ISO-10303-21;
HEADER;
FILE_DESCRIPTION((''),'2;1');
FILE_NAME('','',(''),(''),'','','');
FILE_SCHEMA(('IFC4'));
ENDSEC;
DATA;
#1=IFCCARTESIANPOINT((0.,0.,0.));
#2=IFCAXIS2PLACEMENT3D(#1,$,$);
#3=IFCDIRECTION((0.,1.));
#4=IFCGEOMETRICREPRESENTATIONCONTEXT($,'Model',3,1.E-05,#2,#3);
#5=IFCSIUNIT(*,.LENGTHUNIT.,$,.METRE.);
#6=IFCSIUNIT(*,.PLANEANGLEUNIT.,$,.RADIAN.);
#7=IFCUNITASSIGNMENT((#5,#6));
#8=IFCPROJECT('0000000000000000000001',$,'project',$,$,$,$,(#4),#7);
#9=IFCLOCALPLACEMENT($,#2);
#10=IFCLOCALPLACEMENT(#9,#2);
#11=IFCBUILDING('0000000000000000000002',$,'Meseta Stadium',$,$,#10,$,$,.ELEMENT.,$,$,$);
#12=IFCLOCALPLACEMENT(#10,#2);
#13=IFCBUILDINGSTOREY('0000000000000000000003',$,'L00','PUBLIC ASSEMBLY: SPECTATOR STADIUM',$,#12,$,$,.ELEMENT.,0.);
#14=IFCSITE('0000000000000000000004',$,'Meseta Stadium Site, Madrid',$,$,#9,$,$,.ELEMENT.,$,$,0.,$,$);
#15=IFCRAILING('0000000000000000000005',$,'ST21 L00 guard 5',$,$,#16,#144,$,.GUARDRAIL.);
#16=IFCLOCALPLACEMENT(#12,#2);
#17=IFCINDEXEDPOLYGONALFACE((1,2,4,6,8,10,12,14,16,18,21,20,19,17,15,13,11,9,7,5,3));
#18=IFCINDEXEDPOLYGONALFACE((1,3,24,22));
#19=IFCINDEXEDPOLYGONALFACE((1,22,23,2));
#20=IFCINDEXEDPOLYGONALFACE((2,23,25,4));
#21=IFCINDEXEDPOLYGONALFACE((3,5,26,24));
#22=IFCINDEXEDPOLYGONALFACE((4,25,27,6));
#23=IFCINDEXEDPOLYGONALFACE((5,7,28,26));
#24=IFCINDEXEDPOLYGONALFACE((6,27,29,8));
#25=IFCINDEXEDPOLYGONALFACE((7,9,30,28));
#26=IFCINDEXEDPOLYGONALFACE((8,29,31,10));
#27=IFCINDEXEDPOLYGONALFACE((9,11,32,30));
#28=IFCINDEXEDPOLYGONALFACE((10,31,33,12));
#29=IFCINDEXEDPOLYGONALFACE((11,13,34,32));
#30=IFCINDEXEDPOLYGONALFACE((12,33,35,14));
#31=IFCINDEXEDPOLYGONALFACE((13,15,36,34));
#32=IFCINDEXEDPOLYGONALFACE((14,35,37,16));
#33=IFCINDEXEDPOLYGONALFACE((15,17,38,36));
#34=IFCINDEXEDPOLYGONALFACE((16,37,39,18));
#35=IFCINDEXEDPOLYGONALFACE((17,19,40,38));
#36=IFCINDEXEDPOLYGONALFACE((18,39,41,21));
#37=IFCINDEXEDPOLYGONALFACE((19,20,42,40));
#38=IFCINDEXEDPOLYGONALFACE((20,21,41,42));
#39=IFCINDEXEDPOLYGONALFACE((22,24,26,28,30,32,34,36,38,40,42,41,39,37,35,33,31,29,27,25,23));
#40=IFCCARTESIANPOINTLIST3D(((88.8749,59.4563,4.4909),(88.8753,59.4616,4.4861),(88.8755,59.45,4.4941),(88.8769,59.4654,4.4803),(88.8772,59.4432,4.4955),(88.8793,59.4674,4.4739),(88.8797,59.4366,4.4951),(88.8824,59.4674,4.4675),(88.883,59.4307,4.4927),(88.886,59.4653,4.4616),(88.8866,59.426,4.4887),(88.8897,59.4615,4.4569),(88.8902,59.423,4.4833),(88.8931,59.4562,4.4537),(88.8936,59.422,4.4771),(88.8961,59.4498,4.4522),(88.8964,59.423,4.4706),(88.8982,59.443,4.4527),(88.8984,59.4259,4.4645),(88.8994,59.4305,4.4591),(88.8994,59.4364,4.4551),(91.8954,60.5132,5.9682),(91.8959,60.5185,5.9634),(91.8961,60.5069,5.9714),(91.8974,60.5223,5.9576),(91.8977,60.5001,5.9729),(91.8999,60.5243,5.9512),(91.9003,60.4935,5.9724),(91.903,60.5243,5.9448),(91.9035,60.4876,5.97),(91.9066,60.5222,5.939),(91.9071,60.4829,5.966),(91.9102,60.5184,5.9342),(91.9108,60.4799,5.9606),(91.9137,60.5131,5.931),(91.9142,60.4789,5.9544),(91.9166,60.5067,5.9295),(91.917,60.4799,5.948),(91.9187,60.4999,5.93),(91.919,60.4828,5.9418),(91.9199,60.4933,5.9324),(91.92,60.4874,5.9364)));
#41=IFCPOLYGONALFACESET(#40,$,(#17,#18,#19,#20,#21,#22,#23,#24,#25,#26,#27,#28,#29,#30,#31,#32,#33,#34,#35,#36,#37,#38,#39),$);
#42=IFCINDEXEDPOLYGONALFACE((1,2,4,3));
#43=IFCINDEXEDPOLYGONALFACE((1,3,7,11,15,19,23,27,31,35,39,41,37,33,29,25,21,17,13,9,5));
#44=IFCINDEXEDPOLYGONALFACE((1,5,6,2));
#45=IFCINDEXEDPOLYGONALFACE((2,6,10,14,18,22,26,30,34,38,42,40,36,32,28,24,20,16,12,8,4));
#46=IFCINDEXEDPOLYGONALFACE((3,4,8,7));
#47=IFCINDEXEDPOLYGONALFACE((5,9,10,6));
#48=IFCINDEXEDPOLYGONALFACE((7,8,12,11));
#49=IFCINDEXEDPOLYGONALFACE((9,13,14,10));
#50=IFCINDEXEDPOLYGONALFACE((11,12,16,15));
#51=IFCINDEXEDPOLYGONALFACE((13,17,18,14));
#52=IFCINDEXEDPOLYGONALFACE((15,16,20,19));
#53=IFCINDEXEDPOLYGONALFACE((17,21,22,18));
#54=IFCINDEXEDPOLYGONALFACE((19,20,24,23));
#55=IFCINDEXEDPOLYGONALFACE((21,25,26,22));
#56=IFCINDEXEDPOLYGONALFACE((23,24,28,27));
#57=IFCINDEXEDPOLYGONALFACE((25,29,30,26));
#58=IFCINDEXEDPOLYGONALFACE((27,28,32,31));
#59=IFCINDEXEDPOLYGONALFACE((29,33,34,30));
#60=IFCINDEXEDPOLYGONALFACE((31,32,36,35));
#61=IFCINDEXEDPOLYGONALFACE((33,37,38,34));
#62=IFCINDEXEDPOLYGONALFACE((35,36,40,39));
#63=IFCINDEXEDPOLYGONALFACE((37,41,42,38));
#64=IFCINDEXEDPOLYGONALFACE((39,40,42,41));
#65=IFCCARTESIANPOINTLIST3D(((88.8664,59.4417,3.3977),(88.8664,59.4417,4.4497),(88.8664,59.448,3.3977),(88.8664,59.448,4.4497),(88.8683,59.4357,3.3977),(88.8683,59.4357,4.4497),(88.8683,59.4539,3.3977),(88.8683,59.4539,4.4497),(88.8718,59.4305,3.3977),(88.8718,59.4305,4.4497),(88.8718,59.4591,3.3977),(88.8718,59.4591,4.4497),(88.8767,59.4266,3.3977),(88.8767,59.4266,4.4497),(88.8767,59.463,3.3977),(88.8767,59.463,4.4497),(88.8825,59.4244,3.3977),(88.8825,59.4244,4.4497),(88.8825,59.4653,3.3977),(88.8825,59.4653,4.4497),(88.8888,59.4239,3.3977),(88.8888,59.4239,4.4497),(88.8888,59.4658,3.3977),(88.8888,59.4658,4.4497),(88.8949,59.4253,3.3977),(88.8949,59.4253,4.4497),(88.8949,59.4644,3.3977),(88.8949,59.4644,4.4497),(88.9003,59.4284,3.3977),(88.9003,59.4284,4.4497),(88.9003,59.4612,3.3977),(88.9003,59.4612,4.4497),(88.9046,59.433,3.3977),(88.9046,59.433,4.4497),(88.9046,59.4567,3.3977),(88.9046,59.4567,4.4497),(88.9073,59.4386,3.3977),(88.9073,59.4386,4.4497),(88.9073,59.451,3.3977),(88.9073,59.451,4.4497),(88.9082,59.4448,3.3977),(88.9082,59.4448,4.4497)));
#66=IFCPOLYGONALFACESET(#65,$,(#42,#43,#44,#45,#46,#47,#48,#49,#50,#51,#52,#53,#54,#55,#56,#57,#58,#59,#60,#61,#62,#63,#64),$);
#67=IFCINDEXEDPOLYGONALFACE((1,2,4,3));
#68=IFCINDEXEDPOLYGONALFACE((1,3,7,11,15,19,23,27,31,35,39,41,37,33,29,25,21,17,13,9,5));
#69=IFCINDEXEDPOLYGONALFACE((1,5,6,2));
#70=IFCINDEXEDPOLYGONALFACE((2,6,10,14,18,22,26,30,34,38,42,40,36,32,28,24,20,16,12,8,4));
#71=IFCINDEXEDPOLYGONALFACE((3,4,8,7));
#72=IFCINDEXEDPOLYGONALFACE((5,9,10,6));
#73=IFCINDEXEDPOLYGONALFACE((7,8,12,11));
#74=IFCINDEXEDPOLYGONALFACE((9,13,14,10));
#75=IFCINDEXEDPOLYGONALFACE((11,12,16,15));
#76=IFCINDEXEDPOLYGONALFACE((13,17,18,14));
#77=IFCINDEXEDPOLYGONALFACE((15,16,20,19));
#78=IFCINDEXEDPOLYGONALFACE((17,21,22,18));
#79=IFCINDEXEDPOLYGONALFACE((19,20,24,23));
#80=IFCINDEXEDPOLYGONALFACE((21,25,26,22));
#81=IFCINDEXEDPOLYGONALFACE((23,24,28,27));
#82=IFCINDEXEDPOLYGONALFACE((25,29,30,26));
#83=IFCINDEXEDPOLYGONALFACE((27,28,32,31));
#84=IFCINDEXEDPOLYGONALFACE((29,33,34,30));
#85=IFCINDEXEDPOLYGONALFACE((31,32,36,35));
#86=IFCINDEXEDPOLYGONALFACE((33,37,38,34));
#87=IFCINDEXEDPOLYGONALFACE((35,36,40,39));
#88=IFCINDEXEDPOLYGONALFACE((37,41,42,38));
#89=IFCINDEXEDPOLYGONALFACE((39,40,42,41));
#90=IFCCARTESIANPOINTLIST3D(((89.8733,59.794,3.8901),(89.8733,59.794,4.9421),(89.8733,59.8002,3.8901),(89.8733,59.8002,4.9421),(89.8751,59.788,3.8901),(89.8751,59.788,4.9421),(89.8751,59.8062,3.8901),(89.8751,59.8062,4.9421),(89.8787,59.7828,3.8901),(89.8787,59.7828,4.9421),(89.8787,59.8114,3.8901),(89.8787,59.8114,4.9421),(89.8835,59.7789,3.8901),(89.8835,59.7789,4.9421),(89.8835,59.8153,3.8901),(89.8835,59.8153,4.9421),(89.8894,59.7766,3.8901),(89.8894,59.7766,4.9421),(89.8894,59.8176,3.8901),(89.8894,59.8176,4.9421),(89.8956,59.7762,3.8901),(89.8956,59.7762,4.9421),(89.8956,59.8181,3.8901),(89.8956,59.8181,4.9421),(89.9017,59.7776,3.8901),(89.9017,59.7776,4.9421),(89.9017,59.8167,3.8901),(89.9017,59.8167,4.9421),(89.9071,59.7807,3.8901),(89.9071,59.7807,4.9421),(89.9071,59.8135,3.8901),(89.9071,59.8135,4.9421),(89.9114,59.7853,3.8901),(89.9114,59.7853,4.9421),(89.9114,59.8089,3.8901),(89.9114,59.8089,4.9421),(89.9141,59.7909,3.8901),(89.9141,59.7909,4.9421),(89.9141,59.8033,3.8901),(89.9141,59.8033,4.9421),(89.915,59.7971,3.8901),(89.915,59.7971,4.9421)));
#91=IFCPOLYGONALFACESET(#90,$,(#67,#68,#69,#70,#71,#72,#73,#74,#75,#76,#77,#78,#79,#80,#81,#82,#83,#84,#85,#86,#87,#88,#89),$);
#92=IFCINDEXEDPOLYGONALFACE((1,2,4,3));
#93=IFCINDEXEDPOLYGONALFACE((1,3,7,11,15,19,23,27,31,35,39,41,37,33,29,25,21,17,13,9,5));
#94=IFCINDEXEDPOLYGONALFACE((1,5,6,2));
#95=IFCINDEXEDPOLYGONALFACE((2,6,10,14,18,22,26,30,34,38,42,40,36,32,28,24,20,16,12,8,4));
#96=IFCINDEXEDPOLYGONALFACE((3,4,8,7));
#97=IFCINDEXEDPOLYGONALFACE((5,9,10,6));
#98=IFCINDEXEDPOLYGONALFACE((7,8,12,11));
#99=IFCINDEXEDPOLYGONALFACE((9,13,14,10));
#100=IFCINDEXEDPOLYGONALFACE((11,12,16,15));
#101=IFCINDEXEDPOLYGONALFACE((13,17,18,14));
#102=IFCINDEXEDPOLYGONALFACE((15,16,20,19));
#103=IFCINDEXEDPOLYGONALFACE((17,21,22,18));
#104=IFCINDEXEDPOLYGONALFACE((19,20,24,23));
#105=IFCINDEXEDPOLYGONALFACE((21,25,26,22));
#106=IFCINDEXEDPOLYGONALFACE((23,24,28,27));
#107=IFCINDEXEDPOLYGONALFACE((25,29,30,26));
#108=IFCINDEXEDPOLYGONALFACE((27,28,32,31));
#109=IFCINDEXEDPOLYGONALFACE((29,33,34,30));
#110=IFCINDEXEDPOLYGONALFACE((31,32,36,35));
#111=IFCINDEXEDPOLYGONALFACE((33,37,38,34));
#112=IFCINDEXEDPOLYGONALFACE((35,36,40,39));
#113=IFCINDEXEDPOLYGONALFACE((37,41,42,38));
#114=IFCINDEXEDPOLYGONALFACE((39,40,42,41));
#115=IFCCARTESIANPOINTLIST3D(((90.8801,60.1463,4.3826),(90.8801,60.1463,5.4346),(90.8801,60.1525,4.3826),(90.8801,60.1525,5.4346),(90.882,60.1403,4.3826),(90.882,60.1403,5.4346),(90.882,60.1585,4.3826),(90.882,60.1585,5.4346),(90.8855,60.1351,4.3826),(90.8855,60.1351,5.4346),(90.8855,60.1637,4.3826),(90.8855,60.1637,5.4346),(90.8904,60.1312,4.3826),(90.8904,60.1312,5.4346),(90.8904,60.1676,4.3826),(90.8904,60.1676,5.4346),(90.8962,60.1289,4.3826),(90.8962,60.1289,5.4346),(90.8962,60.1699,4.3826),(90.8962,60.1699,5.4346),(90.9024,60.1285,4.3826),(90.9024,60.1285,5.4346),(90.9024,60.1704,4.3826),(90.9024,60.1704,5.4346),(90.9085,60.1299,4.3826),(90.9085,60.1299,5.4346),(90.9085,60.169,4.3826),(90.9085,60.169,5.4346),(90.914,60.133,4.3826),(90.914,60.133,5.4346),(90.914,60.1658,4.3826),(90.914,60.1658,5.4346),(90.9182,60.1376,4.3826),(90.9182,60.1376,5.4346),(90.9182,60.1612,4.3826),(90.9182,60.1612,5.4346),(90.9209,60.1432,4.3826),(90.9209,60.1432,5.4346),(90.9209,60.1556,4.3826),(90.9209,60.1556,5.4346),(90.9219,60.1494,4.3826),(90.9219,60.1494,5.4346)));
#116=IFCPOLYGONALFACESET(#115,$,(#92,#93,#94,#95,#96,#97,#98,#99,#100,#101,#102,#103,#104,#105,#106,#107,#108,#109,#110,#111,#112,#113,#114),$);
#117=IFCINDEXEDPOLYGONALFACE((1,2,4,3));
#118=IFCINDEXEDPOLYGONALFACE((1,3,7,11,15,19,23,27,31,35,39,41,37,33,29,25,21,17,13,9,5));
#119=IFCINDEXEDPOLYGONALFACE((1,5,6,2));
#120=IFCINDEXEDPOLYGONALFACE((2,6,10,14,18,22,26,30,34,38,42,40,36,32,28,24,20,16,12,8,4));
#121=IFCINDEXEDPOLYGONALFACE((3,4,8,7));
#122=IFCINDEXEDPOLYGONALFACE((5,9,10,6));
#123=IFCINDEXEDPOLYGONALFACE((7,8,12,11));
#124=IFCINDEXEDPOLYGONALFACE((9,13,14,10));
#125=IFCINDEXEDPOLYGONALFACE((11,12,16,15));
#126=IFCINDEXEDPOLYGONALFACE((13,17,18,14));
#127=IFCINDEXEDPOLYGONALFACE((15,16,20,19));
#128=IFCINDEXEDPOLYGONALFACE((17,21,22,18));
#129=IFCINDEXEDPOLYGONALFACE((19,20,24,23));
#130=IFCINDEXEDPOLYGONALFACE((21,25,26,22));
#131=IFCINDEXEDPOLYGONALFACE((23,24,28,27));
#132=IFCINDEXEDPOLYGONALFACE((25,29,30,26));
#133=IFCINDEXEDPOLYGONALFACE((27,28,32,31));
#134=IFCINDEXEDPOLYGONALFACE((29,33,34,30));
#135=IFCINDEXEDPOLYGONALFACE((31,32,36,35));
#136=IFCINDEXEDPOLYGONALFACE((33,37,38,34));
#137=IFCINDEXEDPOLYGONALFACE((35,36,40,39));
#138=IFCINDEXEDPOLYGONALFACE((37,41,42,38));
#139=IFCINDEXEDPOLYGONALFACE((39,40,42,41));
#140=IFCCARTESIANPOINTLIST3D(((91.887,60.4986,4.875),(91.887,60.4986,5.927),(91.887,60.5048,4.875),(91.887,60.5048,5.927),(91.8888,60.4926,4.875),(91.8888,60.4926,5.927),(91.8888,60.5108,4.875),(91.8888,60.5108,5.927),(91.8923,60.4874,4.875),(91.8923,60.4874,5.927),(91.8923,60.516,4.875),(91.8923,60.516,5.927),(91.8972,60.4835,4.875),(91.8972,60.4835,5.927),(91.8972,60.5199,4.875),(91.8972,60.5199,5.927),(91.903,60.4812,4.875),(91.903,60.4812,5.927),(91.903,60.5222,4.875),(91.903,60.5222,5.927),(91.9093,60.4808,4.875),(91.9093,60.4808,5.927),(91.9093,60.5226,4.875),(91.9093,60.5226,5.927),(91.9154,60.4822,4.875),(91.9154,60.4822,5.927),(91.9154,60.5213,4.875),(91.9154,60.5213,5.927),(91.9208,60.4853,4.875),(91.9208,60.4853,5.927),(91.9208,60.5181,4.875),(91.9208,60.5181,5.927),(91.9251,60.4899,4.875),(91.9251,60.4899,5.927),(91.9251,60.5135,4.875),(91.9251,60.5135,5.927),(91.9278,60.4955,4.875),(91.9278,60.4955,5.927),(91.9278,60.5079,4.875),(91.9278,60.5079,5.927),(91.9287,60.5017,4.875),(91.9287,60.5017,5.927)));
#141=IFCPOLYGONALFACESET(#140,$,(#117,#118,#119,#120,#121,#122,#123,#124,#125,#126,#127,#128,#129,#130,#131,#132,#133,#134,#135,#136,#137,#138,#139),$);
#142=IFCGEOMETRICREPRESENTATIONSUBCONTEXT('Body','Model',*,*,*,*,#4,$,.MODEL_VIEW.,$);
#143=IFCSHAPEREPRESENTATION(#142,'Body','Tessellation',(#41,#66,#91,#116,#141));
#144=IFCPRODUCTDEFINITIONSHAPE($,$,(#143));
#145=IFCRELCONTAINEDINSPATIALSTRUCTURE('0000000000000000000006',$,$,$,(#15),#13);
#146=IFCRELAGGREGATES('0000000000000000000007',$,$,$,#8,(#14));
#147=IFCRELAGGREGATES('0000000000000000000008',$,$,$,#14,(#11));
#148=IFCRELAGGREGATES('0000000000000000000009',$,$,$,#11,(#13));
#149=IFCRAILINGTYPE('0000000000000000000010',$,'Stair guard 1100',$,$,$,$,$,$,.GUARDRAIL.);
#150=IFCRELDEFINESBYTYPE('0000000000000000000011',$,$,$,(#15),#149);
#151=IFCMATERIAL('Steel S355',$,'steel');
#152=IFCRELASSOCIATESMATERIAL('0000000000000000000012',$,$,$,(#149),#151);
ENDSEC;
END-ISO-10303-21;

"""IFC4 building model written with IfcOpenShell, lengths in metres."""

from ifc_helpers import new_model, si_unit, direction, frame, origin, origin_2d, place, context, subcontext, project, spatial, circle, extrude, material, type_object, element, save


model = new_model("IFC4")

# Units and contexts
model_context = context("Model", 3, precision=1e-05, world=origin(), true_north=direction((0.0, 1.0)))
body_context = subcontext(model_context, "Body", "Model", "MODEL_VIEW")
ifc_project = project(units=[si_unit("LENGTHUNIT", "METRE"), si_unit("PLANEANGLEUNIT", "RADIAN")], contexts=[model_context])

# Site, building, storey
site_placement = place(None, origin())
site = spatial("IfcSite", under=ifc_project, at=site_placement, Name="Meseta Stadium Site, Madrid", CompositionType="ELEMENT", RefElevation=0.0)
building_placement = place(site_placement, origin())
building = spatial("IfcBuilding", under=site, at=building_placement, Name="Meseta Stadium", CompositionType="ELEMENT")
storey_placement = place(building_placement, origin())
storey = spatial("IfcBuildingStorey", under=building, at=storey_placement, Name="L00", Description="PUBLIC ASSEMBLY: SPECTATOR STADIUM", CompositionType="ELEMENT", Elevation=0.0)

# Railing
ifc_material_1 = material(Name="Steel S355", Category="steel")
railing_type_1 = type_object("IfcRailingType", Name="Stair guard 1100", PredefinedType="GUARDRAIL", material=ifc_material_1)
railing_1_placement = place(storey_placement, frame((88.8872, 59.4448, 3.3977)))
element("IfcRailing", 1, at=railing_1_placement, inside=storey, type_object=railing_type_1, Name="ST21 L00 guard 5", PredefinedType="GUARDRAIL", context=body_context, shape_type="SweptSolid", body=[
    extrude(circle(Radius=0.0239, at=origin_2d()), frame((0.0, 0.0, 1.0762), z_axis=(0.856977, 0.299859, 0.419137), x_axis=(-0.330269, 0.943887, 0.0)), (0.0, 0.0, 1.0), 3.5247),
    extrude(circle(Radius=0.021, at=origin_2d()), origin(), (0.0, 0.0, 1.0), 1.052),
    extrude(circle(Radius=0.021, at=origin_2d()), frame((1.0068, 0.3523, 0.4924)), (0.0, 0.0, 1.0), 1.052),
    extrude(circle(Radius=0.021, at=origin_2d()), frame((2.0137, 0.7046, 0.9849)), (0.0, 0.0, 1.0), 1.052),
    extrude(circle(Radius=0.021, at=origin_2d()), frame((3.0205, 1.0569, 1.4773)), (0.0, 0.0, 1.0), 1.052),
])

save(model, "model.ifc")
